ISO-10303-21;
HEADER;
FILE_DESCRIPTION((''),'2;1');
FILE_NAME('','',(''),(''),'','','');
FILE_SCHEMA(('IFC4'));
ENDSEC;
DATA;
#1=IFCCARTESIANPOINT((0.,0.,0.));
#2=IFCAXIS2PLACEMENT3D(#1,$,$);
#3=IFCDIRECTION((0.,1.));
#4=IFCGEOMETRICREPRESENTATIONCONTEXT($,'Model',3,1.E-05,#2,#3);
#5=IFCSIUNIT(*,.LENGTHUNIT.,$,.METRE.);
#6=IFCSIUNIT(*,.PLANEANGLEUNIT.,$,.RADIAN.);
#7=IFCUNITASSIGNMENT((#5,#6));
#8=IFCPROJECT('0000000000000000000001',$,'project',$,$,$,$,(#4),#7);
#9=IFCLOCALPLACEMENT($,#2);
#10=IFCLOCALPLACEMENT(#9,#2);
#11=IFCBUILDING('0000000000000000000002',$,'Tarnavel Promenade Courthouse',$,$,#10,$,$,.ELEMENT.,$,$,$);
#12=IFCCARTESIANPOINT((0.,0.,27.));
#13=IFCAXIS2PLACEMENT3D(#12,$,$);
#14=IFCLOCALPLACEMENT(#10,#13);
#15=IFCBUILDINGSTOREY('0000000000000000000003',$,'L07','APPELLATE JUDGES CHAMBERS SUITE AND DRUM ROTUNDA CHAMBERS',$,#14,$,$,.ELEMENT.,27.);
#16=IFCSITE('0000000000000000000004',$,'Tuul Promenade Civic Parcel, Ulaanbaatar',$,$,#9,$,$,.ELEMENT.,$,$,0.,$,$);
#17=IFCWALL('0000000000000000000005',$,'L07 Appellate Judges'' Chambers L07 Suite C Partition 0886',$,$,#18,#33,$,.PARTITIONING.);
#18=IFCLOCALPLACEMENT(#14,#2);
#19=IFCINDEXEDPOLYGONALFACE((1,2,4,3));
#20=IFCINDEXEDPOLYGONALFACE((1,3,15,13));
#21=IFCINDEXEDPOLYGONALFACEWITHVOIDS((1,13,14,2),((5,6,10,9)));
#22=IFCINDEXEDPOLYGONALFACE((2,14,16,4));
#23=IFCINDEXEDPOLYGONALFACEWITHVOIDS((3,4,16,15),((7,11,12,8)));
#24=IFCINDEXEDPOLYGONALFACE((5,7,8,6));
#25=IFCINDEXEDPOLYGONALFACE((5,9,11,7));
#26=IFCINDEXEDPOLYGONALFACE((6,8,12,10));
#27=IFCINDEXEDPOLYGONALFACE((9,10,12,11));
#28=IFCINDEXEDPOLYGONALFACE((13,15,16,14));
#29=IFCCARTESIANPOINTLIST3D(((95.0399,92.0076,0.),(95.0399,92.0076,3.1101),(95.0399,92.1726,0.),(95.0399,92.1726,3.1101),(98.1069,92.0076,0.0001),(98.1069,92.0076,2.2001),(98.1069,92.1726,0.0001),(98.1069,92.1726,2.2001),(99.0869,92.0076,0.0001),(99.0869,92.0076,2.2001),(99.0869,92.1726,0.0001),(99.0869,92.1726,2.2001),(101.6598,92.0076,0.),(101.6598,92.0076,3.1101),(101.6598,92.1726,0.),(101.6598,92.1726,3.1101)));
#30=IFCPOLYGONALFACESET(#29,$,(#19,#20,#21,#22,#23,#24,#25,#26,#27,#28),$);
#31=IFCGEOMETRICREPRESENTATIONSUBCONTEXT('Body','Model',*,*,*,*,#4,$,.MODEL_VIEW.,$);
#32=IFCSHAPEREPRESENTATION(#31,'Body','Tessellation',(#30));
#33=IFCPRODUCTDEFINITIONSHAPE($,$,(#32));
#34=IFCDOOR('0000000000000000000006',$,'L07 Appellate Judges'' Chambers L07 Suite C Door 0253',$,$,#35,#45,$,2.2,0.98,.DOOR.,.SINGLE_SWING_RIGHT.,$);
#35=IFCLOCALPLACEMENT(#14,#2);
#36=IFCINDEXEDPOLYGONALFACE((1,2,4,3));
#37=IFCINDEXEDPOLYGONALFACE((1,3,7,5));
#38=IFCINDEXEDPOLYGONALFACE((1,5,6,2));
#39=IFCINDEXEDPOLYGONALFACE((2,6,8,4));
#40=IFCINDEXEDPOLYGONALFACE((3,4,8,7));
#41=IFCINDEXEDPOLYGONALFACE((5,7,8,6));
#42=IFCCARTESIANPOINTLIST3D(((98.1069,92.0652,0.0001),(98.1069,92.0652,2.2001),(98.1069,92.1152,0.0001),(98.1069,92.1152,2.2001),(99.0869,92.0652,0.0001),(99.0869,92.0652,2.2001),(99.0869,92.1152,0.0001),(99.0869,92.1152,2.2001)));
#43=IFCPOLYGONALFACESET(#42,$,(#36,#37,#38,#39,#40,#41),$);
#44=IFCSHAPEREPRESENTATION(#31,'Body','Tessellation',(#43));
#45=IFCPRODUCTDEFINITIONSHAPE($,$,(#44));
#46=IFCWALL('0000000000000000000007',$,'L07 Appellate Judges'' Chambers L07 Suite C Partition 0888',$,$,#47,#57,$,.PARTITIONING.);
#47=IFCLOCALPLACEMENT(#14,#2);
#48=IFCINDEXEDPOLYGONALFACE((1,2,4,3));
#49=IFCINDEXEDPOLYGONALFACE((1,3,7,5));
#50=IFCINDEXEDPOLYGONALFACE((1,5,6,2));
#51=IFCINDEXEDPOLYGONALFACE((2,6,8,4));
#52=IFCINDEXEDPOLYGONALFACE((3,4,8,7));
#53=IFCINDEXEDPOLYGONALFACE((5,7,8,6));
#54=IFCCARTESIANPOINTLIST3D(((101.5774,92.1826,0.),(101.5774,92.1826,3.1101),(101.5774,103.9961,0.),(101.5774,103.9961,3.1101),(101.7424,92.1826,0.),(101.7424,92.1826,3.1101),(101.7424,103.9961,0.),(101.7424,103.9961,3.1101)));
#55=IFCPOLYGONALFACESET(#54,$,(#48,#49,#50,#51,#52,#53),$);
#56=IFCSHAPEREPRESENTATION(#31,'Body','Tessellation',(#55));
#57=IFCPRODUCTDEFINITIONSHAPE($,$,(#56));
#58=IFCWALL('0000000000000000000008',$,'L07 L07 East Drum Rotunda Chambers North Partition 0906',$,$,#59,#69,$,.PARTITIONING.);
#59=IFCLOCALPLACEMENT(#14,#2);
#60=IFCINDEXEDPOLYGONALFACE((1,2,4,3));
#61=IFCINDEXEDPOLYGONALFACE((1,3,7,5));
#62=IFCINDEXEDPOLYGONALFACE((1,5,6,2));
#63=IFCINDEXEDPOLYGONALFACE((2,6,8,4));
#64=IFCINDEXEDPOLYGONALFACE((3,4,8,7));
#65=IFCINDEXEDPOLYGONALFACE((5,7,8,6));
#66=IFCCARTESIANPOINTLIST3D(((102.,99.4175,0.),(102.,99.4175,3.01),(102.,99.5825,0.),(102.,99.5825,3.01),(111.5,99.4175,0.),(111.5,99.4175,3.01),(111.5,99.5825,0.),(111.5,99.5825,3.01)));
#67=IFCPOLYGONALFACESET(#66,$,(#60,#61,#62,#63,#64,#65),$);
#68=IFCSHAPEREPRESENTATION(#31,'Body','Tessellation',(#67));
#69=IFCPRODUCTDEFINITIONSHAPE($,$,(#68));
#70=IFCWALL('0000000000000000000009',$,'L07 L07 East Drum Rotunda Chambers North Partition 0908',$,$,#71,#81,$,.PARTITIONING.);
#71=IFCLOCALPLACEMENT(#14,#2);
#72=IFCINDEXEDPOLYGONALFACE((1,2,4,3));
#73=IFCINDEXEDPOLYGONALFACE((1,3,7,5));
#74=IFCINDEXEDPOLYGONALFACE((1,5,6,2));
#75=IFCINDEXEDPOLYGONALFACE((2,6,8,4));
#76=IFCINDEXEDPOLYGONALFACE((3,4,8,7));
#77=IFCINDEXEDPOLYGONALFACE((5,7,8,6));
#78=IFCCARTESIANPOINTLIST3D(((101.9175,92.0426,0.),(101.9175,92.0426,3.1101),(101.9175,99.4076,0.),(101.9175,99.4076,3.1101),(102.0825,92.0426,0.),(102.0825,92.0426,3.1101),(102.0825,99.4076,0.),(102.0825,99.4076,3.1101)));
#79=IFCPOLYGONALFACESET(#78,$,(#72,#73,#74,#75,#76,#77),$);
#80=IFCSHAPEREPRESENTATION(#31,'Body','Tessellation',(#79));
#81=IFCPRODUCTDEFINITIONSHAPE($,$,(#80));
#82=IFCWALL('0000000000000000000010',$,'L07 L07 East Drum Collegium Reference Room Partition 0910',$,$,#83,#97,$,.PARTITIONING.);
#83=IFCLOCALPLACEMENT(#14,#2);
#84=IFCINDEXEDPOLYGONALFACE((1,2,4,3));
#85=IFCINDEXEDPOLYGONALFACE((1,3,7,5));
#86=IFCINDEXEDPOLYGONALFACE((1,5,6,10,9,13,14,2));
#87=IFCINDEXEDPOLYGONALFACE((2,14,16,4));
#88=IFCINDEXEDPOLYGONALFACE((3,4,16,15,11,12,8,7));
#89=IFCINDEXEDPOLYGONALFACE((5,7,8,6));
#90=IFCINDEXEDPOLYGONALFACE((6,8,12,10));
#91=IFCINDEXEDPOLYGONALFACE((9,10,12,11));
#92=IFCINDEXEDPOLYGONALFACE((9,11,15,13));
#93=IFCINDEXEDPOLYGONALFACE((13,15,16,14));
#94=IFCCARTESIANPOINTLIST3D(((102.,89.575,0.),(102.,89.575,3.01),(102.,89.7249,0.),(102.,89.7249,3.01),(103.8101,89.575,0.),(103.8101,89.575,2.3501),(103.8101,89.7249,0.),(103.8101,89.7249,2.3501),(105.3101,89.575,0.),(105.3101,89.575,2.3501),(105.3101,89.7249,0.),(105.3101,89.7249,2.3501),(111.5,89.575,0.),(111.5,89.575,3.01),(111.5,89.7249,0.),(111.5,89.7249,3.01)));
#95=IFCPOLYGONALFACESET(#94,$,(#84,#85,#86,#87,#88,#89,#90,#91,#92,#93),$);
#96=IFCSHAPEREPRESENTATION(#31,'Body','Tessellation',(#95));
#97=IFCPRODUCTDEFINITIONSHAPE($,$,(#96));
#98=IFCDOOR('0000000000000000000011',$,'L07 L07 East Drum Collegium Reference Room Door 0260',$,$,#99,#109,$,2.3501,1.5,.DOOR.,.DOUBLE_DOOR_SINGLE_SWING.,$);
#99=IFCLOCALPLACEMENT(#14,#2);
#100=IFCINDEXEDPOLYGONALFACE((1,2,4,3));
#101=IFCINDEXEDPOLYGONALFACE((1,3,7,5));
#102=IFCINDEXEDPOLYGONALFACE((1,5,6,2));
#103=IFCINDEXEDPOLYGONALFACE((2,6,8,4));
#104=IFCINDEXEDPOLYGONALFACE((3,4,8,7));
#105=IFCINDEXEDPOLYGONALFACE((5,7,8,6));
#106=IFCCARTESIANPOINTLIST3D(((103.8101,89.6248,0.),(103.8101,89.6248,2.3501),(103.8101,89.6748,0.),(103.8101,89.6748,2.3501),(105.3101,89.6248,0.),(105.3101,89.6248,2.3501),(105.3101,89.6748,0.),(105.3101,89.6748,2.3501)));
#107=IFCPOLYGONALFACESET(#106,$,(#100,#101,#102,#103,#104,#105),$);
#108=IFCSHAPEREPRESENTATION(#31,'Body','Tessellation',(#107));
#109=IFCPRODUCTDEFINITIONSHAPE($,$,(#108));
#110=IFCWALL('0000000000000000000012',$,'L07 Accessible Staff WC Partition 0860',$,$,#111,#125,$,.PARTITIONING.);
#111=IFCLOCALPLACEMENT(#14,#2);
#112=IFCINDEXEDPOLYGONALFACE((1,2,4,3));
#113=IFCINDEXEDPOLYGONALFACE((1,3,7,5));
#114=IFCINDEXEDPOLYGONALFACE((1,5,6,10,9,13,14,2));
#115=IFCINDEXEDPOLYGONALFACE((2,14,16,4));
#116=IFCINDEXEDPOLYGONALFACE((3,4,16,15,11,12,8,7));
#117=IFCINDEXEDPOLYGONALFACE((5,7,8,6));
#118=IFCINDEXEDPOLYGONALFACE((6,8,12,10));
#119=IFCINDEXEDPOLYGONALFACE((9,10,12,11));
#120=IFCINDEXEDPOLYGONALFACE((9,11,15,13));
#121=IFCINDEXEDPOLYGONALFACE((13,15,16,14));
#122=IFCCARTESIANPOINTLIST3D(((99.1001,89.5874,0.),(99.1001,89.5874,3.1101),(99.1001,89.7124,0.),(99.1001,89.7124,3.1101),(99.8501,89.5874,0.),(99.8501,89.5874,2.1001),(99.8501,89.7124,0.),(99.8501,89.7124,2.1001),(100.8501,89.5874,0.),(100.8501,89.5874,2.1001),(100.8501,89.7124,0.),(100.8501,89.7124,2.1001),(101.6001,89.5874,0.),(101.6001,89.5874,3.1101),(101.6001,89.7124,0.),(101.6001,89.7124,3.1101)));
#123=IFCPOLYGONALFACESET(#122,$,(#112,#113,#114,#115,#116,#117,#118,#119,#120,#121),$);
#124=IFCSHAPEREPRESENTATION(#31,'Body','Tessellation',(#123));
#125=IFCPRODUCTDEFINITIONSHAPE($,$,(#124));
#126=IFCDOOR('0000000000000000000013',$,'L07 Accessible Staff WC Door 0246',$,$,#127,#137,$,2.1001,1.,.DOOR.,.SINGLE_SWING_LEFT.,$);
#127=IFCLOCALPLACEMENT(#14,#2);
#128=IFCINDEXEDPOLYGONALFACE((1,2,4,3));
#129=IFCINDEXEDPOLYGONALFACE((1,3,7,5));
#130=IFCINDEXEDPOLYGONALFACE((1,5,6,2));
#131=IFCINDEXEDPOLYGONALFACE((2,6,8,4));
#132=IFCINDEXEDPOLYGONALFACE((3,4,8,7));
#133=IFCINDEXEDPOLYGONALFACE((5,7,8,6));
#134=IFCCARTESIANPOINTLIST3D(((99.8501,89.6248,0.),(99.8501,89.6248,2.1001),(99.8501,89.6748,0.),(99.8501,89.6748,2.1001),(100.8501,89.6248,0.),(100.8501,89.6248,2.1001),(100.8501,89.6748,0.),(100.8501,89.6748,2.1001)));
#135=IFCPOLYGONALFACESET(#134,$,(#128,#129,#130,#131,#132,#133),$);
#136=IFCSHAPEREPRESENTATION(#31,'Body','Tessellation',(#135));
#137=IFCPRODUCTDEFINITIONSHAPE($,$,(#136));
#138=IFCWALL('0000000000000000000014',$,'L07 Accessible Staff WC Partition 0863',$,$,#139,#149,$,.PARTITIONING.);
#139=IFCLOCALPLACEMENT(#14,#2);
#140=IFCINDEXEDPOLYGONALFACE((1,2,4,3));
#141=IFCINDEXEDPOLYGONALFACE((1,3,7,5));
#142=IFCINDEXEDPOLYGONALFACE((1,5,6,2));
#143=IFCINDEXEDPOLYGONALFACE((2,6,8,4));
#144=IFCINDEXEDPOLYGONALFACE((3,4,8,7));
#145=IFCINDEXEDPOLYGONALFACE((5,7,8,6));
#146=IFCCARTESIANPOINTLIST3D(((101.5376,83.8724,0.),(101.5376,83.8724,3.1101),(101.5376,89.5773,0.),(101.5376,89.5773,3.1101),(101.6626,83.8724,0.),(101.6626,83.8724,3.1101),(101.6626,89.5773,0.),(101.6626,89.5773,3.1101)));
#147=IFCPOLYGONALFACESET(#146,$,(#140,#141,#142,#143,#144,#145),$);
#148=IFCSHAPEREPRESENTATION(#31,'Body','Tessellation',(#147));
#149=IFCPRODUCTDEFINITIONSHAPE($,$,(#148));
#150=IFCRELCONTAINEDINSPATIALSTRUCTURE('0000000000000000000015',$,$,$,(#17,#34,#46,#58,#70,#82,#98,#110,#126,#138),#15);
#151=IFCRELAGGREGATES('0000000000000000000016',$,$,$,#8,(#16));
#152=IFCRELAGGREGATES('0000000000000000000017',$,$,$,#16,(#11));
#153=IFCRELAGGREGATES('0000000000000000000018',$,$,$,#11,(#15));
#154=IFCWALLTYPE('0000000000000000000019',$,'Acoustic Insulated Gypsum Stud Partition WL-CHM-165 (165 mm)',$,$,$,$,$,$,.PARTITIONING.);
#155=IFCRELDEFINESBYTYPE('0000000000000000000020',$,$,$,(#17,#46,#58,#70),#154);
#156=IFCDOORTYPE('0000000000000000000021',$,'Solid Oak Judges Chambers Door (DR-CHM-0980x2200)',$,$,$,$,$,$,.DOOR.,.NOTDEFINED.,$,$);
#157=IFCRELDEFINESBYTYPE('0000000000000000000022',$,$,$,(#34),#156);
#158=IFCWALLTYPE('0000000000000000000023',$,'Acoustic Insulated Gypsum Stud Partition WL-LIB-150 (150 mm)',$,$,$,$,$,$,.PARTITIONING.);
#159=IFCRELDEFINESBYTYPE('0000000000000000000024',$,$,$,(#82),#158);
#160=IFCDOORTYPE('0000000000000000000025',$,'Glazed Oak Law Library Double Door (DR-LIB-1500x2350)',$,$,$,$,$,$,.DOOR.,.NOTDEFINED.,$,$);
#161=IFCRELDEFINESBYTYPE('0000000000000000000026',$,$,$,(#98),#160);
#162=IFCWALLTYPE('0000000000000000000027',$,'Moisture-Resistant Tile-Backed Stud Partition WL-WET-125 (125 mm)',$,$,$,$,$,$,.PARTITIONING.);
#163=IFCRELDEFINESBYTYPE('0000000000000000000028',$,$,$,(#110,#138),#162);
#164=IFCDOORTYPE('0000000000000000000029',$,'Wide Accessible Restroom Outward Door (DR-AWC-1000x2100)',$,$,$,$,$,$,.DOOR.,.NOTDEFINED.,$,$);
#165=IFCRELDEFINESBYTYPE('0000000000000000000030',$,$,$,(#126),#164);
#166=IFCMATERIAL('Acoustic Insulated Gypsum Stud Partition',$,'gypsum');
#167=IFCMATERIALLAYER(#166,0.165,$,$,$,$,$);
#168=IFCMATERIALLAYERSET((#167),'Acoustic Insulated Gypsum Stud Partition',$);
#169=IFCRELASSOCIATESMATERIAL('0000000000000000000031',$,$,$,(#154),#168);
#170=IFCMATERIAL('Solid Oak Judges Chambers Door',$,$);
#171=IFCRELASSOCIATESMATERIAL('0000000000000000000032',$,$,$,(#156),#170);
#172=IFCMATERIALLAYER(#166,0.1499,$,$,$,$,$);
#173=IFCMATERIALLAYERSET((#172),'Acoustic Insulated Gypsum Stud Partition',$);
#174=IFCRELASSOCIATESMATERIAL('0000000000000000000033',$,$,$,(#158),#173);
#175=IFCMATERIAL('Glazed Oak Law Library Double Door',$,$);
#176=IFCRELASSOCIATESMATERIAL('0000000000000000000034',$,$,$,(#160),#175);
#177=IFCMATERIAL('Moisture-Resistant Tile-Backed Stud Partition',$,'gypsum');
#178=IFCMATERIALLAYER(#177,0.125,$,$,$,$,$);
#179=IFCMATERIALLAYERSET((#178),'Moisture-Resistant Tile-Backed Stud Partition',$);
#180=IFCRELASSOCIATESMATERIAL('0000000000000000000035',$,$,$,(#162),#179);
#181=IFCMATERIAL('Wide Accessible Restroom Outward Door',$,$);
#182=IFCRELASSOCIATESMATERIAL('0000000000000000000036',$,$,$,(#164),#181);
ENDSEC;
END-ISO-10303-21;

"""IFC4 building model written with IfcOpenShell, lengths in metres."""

from ifc_helpers import new_model, si_unit, direction, frame, frame_2d, origin, place, context, subcontext, project, spatial, rectangle, extrude, material, layer, layer_set, type_object, element, fill, save


model = new_model("IFC4")

# Units and contexts
model_context = context("Model", 3, precision=1e-05, world=origin(), true_north=direction((0.0, 1.0)))
body_context = subcontext(model_context, "Body", "Model", "MODEL_VIEW")
ifc_project = project(units=[si_unit("LENGTHUNIT", "METRE"), si_unit("PLANEANGLEUNIT", "RADIAN")], contexts=[model_context])

# Site, building, storey
site_placement = place(None, origin())
site = spatial("IfcSite", under=ifc_project, at=site_placement, Name="Tuul Promenade Civic Parcel, Ulaanbaatar", CompositionType="ELEMENT", RefElevation=0.0)
building_placement = place(site_placement, origin())
building = spatial("IfcBuilding", under=site, at=building_placement, Name="Tarnavel Promenade Courthouse", CompositionType="ELEMENT")
storey_placement = place(building_placement, frame((0.0, 0.0, 27.0)))
storey = spatial("IfcBuildingStorey", under=building, at=storey_placement, Name="L07", Description="APPELLATE JUDGES CHAMBERS SUITE AND DRUM ROTUNDA CHAMBERS", CompositionType="ELEMENT", Elevation=27.0)

# Wall, opening, door
ifc_material_1 = material(Name="Acoustic Insulated Gypsum Stud Partition", Category="gypsum")
ifc_layer_1 = layer(ifc_material_1, 0.165)
ifc_layer_set_1 = layer_set([ifc_layer_1], Name="Acoustic Insulated Gypsum Stud Partition")
wall_type_1 = type_object("IfcWallType", Name="Acoustic Insulated Gypsum Stud Partition WL-CHM-165 (165 mm)", PredefinedType="PARTITIONING", material=ifc_layer_set_1)
wall_1_placement = place(storey_placement, frame((101.6599, 92.0901, 0.0), z_axis=(0.0, 0.0, 1.0), x_axis=(-1.0, 0.0, 0.0)))
wall_1 = element("IfcWall", 1, at=wall_1_placement, inside=storey, type_object=wall_type_1, Name="L07 Appellate Judges' Chambers L07 Suite C Partition 0886", PredefinedType="PARTITIONING", context=body_context, shape_type="SweptSolid", body=[
    extrude(rectangle(XDim=6.6199, YDim=0.165, at=frame_2d((3.3101, 0.0))), origin(), (0.0, 0.0, 1.0), 3.1101),
])
opening_1_placement = place(wall_1_placement, frame((2.573, 0.0, 0.0)))
opening_1 = element("IfcOpeningElement", 2, at=opening_1_placement, cuts=wall_1, PredefinedType="OPENING", context=body_context, shape_type="SweptSolid", body=[
    extrude(rectangle(XDim=0.98, YDim=2.2, at=frame_2d((0.49, 1.1001))), frame((0.0, 0.0925, 0.0), z_axis=(0.0, -1.0, 0.0), x_axis=(1.0, 0.0, 0.0)), (0.0, 0.0, 1.0), 0.1851),
])
ifc_material_2 = material(Name="Solid Oak Judges Chambers Door")
door_type_1 = type_object("IfcDoorType", Name="Solid Oak Judges Chambers Door (DR-CHM-0980x2200)", OperationType="NOTDEFINED", PredefinedType="DOOR", material=ifc_material_2)
door_1_placement = place(opening_1_placement, origin())
door_1 = element("IfcDoor", 3, at=door_1_placement, inside=storey, type_object=door_type_1, Name="L07 Appellate Judges' Chambers L07 Suite C Door 0253", OperationType="SINGLE_SWING_RIGHT", OverallHeight=2.2, OverallWidth=0.98, PredefinedType="DOOR", context=body_context, shape_type="SweptSolid", body=[
    extrude(rectangle(XDim=0.98, YDim=2.2, at=frame_2d((0.49, 1.1001))), frame((0.0, 0.0249, 0.0), z_axis=(0.0, -1.0, 0.0), x_axis=(1.0, 0.0, 0.0)), (0.0, 0.0, 1.0), 0.05),
])
fill(opening_1, door_1)

# Walls
wall_2_placement = place(storey_placement, frame((101.6599, 103.9961, 0.0), z_axis=(0.0, 0.0, 1.0), x_axis=(0.0, -1.0, 0.0)))
element("IfcWall", 4, at=wall_2_placement, inside=storey, type_object=wall_type_1, Name="L07 Appellate Judges' Chambers L07 Suite C Partition 0888", PredefinedType="PARTITIONING", context=body_context, shape_type="SweptSolid", body=[
    extrude(rectangle(XDim=11.8135, YDim=0.165, at=frame_2d((5.9067, 0.0))), origin(), (0.0, 0.0, 1.0), 3.1101),
])
wall_3_placement = place(storey_placement, frame((102.0, 99.5, 0.0), z_axis=(0.0, 0.0, 1.0), x_axis=(1.0, 0.0, 0.0)))
element("IfcWall", 5, at=wall_3_placement, inside=storey, type_object=wall_type_1, Name="L07 L07 East Drum Rotunda Chambers North Partition 0906", PredefinedType="PARTITIONING", context=body_context, shape_type="SweptSolid", body=[
    extrude(rectangle(XDim=9.5, YDim=0.165, at=frame_2d((4.75, 0.0))), origin(), (0.0, 0.0, 1.0), 3.01),
])
wall_4_placement = place(storey_placement, frame((102.0, 92.0425, 0.0), z_axis=(0.0, 0.0, 1.0), x_axis=(0.0, 1.0, 0.0)))
element("IfcWall", 6, at=wall_4_placement, inside=storey, type_object=wall_type_1, Name="L07 L07 East Drum Rotunda Chambers North Partition 0908", PredefinedType="PARTITIONING", context=body_context, shape_type="SweptSolid", body=[
    extrude(rectangle(XDim=7.365, YDim=0.165, at=frame_2d((3.6826, 0.0))), origin(), (0.0, 0.0, 1.0), 3.1101),
])

# Walls, openings, doors
ifc_layer_2 = layer(ifc_material_1, 0.1499)
ifc_layer_set_2 = layer_set([ifc_layer_2], Name="Acoustic Insulated Gypsum Stud Partition")
wall_type_2 = type_object("IfcWallType", Name="Acoustic Insulated Gypsum Stud Partition WL-LIB-150 (150 mm)", PredefinedType="PARTITIONING", material=ifc_layer_set_2)
wall_5_placement = place(storey_placement, frame((102.0, 89.6499, 0.0), z_axis=(0.0, 0.0, 1.0), x_axis=(1.0, 0.0, 0.0)))
wall_5 = element("IfcWall", 7, at=wall_5_placement, inside=storey, type_object=wall_type_2, Name="L07 L07 East Drum Collegium Reference Room Partition 0910", PredefinedType="PARTITIONING", context=body_context, shape_type="SweptSolid", body=[
    extrude(rectangle(XDim=9.5, YDim=0.1499, at=frame_2d((4.75, 0.0))), origin(), (0.0, 0.0, 1.0), 3.01),
])
opening_2_placement = place(wall_5_placement, frame((1.8101, 0.0, 0.0)))
opening_2 = element("IfcOpeningElement", 8, at=opening_2_placement, cuts=wall_5, PredefinedType="OPENING", context=body_context, shape_type="SweptSolid", body=[
    extrude(rectangle(XDim=1.5, YDim=2.3501, at=frame_2d((0.75, 1.175))), frame((0.0, 0.085, 0.0), z_axis=(0.0, -1.0, 0.0), x_axis=(1.0, 0.0, 0.0)), (0.0, 0.0, 1.0), 0.1699),
])
ifc_material_3 = material(Name="Glazed Oak Law Library Double Door")
door_type_2 = type_object("IfcDoorType", Name="Glazed Oak Law Library Double Door (DR-LIB-1500x2350)", OperationType="NOTDEFINED", PredefinedType="DOOR", material=ifc_material_3)
door_2_placement = place(opening_2_placement, origin())
door_2 = element("IfcDoor", 9, at=door_2_placement, inside=storey, type_object=door_type_2, Name="L07 L07 East Drum Collegium Reference Room Door 0260", OperationType="DOUBLE_DOOR_SINGLE_SWING", OverallHeight=2.3501, OverallWidth=1.5, PredefinedType="DOOR", context=body_context, shape_type="SweptSolid", body=[
    extrude(rectangle(XDim=1.5, YDim=2.3501, at=frame_2d((0.75, 1.175))), frame((0.0, 0.0249, 0.0), z_axis=(0.0, -1.0, 0.0), x_axis=(1.0, 0.0, 0.0)), (0.0, 0.0, 1.0), 0.05),
])
fill(opening_2, door_2)
ifc_material_4 = material(Name="Moisture-Resistant Tile-Backed Stud Partition", Category="gypsum")
ifc_layer_3 = layer(ifc_material_4, 0.125)
ifc_layer_set_3 = layer_set([ifc_layer_3], Name="Moisture-Resistant Tile-Backed Stud Partition")
wall_type_3 = type_object("IfcWallType", Name="Moisture-Resistant Tile-Backed Stud Partition WL-WET-125 (125 mm)", PredefinedType="PARTITIONING", material=ifc_layer_set_3)
wall_6_placement = place(storey_placement, frame((99.1001, 89.6499, 0.0), z_axis=(0.0, 0.0, 1.0), x_axis=(1.0, 0.0, 0.0)))
wall_6 = element("IfcWall", 10, at=wall_6_placement, inside=storey, type_object=wall_type_3, Name="L07 Accessible Staff WC Partition 0860", PredefinedType="PARTITIONING", context=body_context, shape_type="SweptSolid", body=[
    extrude(rectangle(XDim=2.5, YDim=0.125, at=frame_2d((1.25, 0.0))), origin(), (0.0, 0.0, 1.0), 3.1101),
])
opening_3_placement = place(wall_6_placement, frame((0.75, 0.0, 0.0)))
opening_3 = element("IfcOpeningElement", 11, at=opening_3_placement, cuts=wall_6, PredefinedType="OPENING", context=body_context, shape_type="SweptSolid", body=[
    extrude(rectangle(XDim=1.0, YDim=2.1001, at=frame_2d((0.5, 1.05))), frame((0.0, 0.0725, 0.0), z_axis=(0.0, -1.0, 0.0), x_axis=(1.0, 0.0, 0.0)), (0.0, 0.0, 1.0), 0.145),
])
ifc_material_5 = material(Name="Wide Accessible Restroom Outward Door")
door_type_3 = type_object("IfcDoorType", Name="Wide Accessible Restroom Outward Door (DR-AWC-1000x2100)", OperationType="NOTDEFINED", PredefinedType="DOOR", material=ifc_material_5)
door_3_placement = place(opening_3_placement, origin())
door_3 = element("IfcDoor", 12, at=door_3_placement, inside=storey, type_object=door_type_3, Name="L07 Accessible Staff WC Door 0246", OperationType="SINGLE_SWING_LEFT", OverallHeight=2.1001, OverallWidth=1.0, PredefinedType="DOOR", context=body_context, shape_type="SweptSolid", body=[
    extrude(rectangle(XDim=1.0, YDim=2.1001, at=frame_2d((0.5, 1.05))), frame((0.0, 0.0249, 0.0), z_axis=(0.0, -1.0, 0.0), x_axis=(1.0, 0.0, 0.0)), (0.0, 0.0, 1.0), 0.05),
])
fill(opening_3, door_3)

# Wall
wall_7_placement = place(storey_placement, frame((101.6001, 89.5774, 0.0), z_axis=(0.0, 0.0, 1.0), x_axis=(0.0, -1.0, 0.0)))
element("IfcWall", 13, at=wall_7_placement, inside=storey, type_object=wall_type_3, Name="L07 Accessible Staff WC Partition 0863", PredefinedType="PARTITIONING", context=body_context, shape_type="SweptSolid", body=[
    extrude(rectangle(XDim=5.7048, YDim=0.125, at=frame_2d((2.8525, 0.0))), origin(), (0.0, 0.0, 1.0), 3.1101),
])

save(model, "model.ifc")
